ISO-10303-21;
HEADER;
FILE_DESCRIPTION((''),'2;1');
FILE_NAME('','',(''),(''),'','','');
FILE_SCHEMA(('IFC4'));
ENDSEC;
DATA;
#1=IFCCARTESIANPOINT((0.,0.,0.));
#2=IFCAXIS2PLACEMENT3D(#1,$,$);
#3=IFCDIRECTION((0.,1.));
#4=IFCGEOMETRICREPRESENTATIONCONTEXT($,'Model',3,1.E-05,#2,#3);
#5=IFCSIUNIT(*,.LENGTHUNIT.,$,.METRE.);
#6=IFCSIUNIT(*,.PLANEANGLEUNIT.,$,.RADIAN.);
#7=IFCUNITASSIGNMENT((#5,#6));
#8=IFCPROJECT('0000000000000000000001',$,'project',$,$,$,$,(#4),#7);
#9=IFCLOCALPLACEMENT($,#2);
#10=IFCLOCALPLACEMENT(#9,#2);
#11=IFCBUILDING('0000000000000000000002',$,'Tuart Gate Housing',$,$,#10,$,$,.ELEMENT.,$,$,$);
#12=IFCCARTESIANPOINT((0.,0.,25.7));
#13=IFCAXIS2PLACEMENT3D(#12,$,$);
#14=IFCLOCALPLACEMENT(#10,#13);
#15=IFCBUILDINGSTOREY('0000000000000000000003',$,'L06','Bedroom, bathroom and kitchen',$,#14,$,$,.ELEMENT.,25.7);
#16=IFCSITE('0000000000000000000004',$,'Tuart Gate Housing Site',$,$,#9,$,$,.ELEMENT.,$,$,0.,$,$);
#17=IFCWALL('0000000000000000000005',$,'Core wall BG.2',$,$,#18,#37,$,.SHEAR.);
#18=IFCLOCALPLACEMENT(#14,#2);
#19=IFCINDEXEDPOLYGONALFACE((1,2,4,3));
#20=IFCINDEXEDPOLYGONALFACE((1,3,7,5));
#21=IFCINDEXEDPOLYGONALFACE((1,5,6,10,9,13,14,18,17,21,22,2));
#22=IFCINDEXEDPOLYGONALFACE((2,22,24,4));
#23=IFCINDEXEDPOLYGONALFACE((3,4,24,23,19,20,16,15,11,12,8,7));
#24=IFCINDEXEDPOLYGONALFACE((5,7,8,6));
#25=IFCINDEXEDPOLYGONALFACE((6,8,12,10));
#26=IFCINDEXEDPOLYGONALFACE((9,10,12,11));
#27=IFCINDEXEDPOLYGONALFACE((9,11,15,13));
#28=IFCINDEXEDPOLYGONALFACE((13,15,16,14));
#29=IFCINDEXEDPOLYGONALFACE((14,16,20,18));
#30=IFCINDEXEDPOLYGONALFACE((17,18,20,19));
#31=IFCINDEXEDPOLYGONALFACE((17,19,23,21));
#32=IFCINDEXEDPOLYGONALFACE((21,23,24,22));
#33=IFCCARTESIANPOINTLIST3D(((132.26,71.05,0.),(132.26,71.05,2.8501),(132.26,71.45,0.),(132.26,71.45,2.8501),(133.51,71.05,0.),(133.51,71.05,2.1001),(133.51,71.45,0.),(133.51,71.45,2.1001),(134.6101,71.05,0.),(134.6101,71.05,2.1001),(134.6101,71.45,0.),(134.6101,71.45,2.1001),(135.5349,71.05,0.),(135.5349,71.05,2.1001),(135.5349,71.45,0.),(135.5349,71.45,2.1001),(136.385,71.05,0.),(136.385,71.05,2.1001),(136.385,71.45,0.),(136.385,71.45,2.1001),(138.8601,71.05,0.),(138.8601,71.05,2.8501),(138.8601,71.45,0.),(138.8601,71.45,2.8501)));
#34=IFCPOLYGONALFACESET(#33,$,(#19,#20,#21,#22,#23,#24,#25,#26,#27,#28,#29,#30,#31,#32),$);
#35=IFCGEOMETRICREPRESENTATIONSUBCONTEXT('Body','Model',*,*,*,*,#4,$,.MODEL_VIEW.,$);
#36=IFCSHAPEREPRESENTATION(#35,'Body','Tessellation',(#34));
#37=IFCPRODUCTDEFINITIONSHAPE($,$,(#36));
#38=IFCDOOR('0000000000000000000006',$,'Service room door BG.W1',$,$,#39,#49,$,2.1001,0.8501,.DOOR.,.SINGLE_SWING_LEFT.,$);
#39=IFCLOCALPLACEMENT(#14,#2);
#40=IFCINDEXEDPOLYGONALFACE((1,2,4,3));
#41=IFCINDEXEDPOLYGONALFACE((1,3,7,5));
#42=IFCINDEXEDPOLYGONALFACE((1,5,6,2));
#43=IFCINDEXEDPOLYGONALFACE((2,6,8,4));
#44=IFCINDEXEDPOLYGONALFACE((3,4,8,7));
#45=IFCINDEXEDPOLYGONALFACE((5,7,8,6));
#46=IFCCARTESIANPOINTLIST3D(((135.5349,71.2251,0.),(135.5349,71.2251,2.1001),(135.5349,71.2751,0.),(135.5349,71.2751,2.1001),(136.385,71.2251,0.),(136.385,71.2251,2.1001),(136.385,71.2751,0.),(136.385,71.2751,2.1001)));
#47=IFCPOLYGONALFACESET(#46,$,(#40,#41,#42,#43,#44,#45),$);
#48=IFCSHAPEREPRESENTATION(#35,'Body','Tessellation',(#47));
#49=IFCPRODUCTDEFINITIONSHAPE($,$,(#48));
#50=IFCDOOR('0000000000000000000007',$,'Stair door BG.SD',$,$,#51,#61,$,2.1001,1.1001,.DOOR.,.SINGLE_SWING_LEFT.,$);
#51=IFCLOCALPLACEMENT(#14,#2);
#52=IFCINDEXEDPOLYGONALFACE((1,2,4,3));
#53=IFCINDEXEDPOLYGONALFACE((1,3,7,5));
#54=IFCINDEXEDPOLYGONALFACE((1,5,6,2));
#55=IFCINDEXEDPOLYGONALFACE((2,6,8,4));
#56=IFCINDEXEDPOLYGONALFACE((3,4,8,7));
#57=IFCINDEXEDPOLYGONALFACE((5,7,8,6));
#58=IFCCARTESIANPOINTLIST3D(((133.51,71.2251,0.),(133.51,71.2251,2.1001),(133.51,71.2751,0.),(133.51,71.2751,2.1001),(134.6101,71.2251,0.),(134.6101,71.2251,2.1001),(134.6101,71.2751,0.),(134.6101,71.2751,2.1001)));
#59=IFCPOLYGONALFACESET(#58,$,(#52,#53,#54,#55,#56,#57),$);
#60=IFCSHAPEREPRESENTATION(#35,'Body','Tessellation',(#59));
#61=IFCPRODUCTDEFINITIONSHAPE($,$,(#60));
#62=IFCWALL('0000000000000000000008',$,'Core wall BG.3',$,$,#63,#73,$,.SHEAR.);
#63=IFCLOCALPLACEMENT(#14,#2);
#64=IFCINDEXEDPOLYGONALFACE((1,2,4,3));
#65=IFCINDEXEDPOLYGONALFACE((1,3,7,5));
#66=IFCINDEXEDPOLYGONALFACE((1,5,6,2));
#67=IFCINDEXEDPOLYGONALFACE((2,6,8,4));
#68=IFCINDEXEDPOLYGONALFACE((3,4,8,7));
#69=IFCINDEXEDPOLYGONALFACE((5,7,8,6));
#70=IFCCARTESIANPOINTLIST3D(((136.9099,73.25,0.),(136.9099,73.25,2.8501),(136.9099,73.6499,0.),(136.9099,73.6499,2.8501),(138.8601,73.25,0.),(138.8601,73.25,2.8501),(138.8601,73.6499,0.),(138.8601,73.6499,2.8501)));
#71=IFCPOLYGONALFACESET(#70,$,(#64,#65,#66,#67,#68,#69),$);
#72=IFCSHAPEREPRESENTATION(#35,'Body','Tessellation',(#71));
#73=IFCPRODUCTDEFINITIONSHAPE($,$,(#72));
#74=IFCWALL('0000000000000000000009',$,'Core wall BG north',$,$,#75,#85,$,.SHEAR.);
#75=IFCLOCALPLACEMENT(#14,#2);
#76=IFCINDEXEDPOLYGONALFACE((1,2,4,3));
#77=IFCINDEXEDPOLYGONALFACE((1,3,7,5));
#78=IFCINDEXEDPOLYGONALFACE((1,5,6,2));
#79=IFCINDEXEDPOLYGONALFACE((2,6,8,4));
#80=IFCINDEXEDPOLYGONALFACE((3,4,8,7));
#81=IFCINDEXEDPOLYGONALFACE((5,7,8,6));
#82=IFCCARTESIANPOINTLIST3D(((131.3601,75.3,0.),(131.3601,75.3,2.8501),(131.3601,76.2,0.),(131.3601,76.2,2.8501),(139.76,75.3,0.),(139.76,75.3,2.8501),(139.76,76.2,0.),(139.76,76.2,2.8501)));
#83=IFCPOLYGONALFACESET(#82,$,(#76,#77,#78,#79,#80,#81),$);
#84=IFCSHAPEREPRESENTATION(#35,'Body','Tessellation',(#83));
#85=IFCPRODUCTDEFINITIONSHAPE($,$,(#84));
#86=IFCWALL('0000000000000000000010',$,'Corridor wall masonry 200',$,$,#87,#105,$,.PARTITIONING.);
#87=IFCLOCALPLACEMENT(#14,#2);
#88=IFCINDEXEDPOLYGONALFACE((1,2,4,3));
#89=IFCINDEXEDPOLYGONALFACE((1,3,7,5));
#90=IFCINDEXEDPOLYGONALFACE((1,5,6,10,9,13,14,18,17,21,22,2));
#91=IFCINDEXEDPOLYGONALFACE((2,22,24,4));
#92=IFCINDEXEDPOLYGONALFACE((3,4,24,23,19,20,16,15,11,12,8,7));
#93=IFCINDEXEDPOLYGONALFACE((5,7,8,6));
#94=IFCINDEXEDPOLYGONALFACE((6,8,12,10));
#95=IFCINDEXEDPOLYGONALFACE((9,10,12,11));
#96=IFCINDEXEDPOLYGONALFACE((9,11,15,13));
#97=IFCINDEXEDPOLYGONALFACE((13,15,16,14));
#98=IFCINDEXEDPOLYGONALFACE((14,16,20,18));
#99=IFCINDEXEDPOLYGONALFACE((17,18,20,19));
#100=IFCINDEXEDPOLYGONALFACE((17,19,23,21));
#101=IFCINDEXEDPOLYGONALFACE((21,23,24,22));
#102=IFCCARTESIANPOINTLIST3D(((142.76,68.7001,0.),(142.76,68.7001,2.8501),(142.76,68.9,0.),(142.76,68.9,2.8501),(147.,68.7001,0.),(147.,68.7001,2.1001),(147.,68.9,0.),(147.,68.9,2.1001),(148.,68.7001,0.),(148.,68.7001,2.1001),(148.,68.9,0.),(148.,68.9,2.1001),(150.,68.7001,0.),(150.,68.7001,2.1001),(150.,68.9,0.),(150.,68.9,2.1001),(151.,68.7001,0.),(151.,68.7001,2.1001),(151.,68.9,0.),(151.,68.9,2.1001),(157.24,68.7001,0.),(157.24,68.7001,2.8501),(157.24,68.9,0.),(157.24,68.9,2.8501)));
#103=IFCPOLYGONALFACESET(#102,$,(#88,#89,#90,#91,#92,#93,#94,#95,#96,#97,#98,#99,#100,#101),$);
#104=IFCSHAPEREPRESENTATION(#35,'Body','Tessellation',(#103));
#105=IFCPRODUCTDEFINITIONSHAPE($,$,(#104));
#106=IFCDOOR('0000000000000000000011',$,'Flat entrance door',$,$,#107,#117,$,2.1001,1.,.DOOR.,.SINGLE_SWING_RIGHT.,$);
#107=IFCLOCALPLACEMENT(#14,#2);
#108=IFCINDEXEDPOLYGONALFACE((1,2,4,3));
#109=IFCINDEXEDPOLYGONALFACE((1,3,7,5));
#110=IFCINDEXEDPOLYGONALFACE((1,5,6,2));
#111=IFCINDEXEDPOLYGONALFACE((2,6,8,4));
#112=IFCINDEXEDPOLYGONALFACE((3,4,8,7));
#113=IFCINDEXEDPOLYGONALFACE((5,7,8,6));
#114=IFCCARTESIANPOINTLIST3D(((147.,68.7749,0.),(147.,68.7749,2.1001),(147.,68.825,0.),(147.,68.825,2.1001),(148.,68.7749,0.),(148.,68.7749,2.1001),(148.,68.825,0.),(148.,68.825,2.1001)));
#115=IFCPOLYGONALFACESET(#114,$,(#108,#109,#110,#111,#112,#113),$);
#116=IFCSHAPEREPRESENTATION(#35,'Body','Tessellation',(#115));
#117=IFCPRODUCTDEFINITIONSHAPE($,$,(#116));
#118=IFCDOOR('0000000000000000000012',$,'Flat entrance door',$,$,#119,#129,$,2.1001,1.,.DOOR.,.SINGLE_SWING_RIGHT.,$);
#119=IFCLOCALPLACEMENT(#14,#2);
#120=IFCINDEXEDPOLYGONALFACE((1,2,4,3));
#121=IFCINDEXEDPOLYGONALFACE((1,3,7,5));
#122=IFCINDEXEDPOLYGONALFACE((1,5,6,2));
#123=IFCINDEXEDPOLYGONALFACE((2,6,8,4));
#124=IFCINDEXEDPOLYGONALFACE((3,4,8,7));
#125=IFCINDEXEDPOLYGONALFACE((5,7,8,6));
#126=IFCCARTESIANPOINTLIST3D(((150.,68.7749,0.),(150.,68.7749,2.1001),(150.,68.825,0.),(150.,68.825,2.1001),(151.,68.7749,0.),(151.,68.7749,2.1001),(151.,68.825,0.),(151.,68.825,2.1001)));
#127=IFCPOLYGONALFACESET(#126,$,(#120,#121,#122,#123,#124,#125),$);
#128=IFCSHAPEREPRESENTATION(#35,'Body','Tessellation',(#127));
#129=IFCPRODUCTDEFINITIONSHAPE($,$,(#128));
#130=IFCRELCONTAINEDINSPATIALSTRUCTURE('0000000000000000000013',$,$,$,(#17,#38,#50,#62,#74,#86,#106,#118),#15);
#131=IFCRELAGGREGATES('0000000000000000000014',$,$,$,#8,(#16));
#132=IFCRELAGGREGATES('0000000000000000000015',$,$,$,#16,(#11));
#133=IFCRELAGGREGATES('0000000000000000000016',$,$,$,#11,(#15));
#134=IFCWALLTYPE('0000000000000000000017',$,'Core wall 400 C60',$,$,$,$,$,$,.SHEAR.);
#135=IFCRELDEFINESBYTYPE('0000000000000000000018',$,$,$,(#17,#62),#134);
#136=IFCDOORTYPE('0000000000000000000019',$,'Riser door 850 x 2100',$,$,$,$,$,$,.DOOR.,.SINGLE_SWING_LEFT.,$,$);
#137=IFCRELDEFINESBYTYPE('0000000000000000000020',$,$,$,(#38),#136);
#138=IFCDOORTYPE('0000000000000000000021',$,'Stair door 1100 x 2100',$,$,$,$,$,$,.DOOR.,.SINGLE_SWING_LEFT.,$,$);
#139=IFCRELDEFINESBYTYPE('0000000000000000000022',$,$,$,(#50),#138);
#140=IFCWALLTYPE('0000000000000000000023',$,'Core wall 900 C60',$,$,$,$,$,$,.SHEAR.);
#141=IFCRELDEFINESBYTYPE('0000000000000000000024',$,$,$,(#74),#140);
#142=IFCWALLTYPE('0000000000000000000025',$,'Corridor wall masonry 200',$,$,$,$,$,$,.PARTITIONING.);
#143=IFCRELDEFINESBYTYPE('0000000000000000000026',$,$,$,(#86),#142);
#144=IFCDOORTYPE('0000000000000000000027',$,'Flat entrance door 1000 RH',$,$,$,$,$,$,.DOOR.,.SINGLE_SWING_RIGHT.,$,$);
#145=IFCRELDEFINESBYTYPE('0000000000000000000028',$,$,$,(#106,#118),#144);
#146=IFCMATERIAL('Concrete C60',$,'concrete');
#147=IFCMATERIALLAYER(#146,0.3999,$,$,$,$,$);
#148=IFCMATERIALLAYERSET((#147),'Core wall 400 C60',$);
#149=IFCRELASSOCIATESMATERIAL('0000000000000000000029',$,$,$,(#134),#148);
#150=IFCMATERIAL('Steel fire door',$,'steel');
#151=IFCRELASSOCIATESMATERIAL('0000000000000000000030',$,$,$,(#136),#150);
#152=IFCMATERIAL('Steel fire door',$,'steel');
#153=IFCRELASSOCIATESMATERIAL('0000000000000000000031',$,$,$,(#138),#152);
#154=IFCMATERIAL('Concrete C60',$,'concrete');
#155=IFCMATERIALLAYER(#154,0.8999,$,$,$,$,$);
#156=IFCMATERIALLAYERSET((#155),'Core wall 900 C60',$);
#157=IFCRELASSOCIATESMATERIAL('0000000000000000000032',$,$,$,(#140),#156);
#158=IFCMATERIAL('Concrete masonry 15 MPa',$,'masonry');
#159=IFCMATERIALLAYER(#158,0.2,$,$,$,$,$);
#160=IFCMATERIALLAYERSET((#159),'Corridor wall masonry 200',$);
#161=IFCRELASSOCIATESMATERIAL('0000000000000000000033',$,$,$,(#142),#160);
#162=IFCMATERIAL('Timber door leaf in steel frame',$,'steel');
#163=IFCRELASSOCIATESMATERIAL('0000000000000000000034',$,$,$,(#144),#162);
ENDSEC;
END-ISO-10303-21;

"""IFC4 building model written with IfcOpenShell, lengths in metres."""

from ifc_helpers import new_model, si_unit, direction, frame, frame_2d, origin, place, context, subcontext, project, spatial, rectangle, extrude, material, layer, layer_set, type_object, element, fill, save


model = new_model("IFC4")

# Units and contexts
model_context = context("Model", 3, precision=1e-05, world=origin(), true_north=direction((0.0, 1.0)))
body_context = subcontext(model_context, "Body", "Model", "MODEL_VIEW")
ifc_project = project(units=[si_unit("LENGTHUNIT", "METRE"), si_unit("PLANEANGLEUNIT", "RADIAN")], contexts=[model_context])

# Site, building, storey
site_placement = place(None, origin())
site = spatial("IfcSite", under=ifc_project, at=site_placement, Name="Tuart Gate Housing Site", CompositionType="ELEMENT", RefElevation=0.0)
building_placement = place(site_placement, origin())
building = spatial("IfcBuilding", under=site, at=building_placement, Name="Tuart Gate Housing", CompositionType="ELEMENT")
storey_placement = place(building_placement, frame((0.0, 0.0, 25.7)))
storey = spatial("IfcBuildingStorey", under=building, at=storey_placement, Name="L06", Description="Bedroom, bathroom and kitchen", CompositionType="ELEMENT", Elevation=25.7)

# Wall, openings, doors
ifc_material_1 = material(Name="Concrete C60", Category="concrete")
ifc_layer_1 = layer(ifc_material_1, 0.3999)
ifc_layer_set_1 = layer_set([ifc_layer_1], Name="Core wall 400 C60")
wall_type_1 = type_object("IfcWallType", Name="Core wall 400 C60", PredefinedType="SHEAR", material=ifc_layer_set_1)
wall_1_placement = place(storey_placement, frame((138.8601, 71.25, 0.0), z_axis=(0.0, 0.0, 1.0), x_axis=(-1.0, 0.0, 0.0)))
wall_1 = element("IfcWall", 1, at=wall_1_placement, inside=storey, type_object=wall_type_1, Name="Core wall BG.2", PredefinedType="SHEAR", context=body_context, shape_type="SweptSolid", body=[
    extrude(rectangle(XDim=6.6001, YDim=0.3999, at=frame_2d((3.3, 0.0))), origin(), (0.0, 0.0, 1.0), 2.8501),
])
opening_1_placement = place(wall_1_placement, frame((4.25, 0.0, 0.0)))
opening_1 = element("IfcOpeningElement", 2, at=opening_1_placement, cuts=wall_1, PredefinedType="OPENING", context=body_context, shape_type="SweptSolid", body=[
    extrude(rectangle(XDim=1.1001, YDim=2.1001, at=frame_2d((0.55, 1.05))), frame((0.0, 0.21, 0.0), z_axis=(0.0, -1.0, 0.0), x_axis=(1.0, 0.0, 0.0)), (0.0, 0.0, 1.0), 0.4199),
])
opening_2_placement = place(wall_1_placement, frame((2.4751, 0.0, 0.0)))
opening_2 = element("IfcOpeningElement", 3, at=opening_2_placement, cuts=wall_1, PredefinedType="OPENING", context=body_context, shape_type="SweptSolid", body=[
    extrude(rectangle(XDim=0.8501, YDim=2.1001, at=frame_2d((0.425, 1.05))), frame((0.0, 0.21, 0.0), z_axis=(0.0, -1.0, 0.0), x_axis=(1.0, 0.0, 0.0)), (0.0, 0.0, 1.0), 0.4199),
])
ifc_material_2 = material(Name="Steel fire door", Category="steel")
door_type_1 = type_object("IfcDoorType", Name="Riser door 850 x 2100", OperationType="SINGLE_SWING_LEFT", PredefinedType="DOOR", material=ifc_material_2)
door_1_placement = place(opening_2_placement, origin())
door_1 = element("IfcDoor", 4, at=door_1_placement, inside=storey, type_object=door_type_1, Name="Service room door BG.W1", OperationType="SINGLE_SWING_LEFT", OverallHeight=2.1001, OverallWidth=0.8501, PredefinedType="DOOR", context=body_context, shape_type="SweptSolid", body=[
    extrude(rectangle(XDim=0.8501, YDim=2.1001, at=frame_2d((0.425, 1.05))), frame((0.0, 0.0249, 0.0), z_axis=(0.0, -1.0, 0.0), x_axis=(1.0, 0.0, 0.0)), (0.0, 0.0, 1.0), 0.05),
])
fill(opening_2, door_1)
ifc_material_3 = material(Name="Steel fire door", Category="steel")
door_type_2 = type_object("IfcDoorType", Name="Stair door 1100 x 2100", OperationType="SINGLE_SWING_LEFT", PredefinedType="DOOR", material=ifc_material_3)
door_2_placement = place(opening_1_placement, origin())
door_2 = element("IfcDoor", 5, at=door_2_placement, inside=storey, type_object=door_type_2, Name="Stair door BG.SD", OperationType="SINGLE_SWING_LEFT", OverallHeight=2.1001, OverallWidth=1.1001, PredefinedType="DOOR", context=body_context, shape_type="SweptSolid", body=[
    extrude(rectangle(XDim=1.1001, YDim=2.1001, at=frame_2d((0.55, 1.05))), frame((0.0, 0.0249, 0.0), z_axis=(0.0, -1.0, 0.0), x_axis=(1.0, 0.0, 0.0)), (0.0, 0.0, 1.0), 0.05),
])
fill(opening_1, door_2)

# Walls
wall_2_placement = place(storey_placement, frame((138.8601, 73.45, 0.0), z_axis=(0.0, 0.0, 1.0), x_axis=(-1.0, 0.0, 0.0)))
element("IfcWall", 6, at=wall_2_placement, inside=storey, type_object=wall_type_1, Name="Core wall BG.3", PredefinedType="SHEAR", context=body_context, shape_type="SweptSolid", body=[
    extrude(rectangle(XDim=1.9502, YDim=0.3999, at=frame_2d((0.9751, 0.0))), origin(), (0.0, 0.0, 1.0), 2.8501),
])
ifc_material_4 = material(Name="Concrete C60", Category="concrete")
ifc_layer_2 = layer(ifc_material_4, 0.8999)
ifc_layer_set_2 = layer_set([ifc_layer_2], Name="Core wall 900 C60")
wall_type_2 = type_object("IfcWallType", Name="Core wall 900 C60", PredefinedType="SHEAR", material=ifc_layer_set_2)
wall_3_placement = place(storey_placement, frame((139.76, 75.75, 0.0), z_axis=(0.0, 0.0, 1.0), x_axis=(-1.0, 0.0, 0.0)))
element("IfcWall", 7, at=wall_3_placement, inside=storey, type_object=wall_type_2, Name="Core wall BG north", PredefinedType="SHEAR", context=body_context, shape_type="SweptSolid", body=[
    extrude(rectangle(XDim=8.3999, YDim=0.8999, at=frame_2d((4.2, 0.0))), origin(), (0.0, 0.0, 1.0), 2.8501),
])

# Wall, openings, doors
ifc_material_5 = material(Name="Concrete masonry 15 MPa", Category="masonry")
ifc_layer_3 = layer(ifc_material_5, 0.2)
ifc_layer_set_3 = layer_set([ifc_layer_3], Name="Corridor wall masonry 200")
wall_type_3 = type_object("IfcWallType", Name="Corridor wall masonry 200", PredefinedType="PARTITIONING", material=ifc_layer_set_3)
wall_4_placement = place(storey_placement, frame((142.76, 68.8, 0.0), z_axis=(0.0, 0.0, 1.0), x_axis=(1.0, 0.0, 0.0)))
wall_4 = element("IfcWall", 8, at=wall_4_placement, inside=storey, type_object=wall_type_3, Name="Corridor wall masonry 200", PredefinedType="PARTITIONING", context=body_context, shape_type="SweptSolid", body=[
    extrude(rectangle(XDim=14.48, YDim=0.2, at=frame_2d((7.24, 0.0))), origin(), (0.0, 0.0, 1.0), 2.8501),
])
opening_3_placement = place(wall_4_placement, frame((4.24, 0.0, 0.0)))
opening_3 = element("IfcOpeningElement", 9, at=opening_3_placement, cuts=wall_4, PredefinedType="OPENING", context=body_context, shape_type="SweptSolid", body=[
    extrude(rectangle(XDim=1.0, YDim=2.1001, at=frame_2d((0.5, 1.05))), frame((0.0, 0.1099, 0.0), z_axis=(0.0, -1.0, 0.0), x_axis=(1.0, 0.0, 0.0)), (0.0, 0.0, 1.0), 0.22),
])
opening_4_placement = place(wall_4_placement, frame((7.24, 0.0, 0.0)))
opening_4 = element("IfcOpeningElement", 10, at=opening_4_placement, cuts=wall_4, PredefinedType="OPENING", context=body_context, shape_type="SweptSolid", body=[
    extrude(rectangle(XDim=1.0, YDim=2.1001, at=frame_2d((0.5, 1.05))), frame((0.0, 0.1099, 0.0), z_axis=(0.0, -1.0, 0.0), x_axis=(1.0, 0.0, 0.0)), (0.0, 0.0, 1.0), 0.22),
])
ifc_material_6 = material(Name="Timber door leaf in steel frame", Category="steel")
door_type_3 = type_object("IfcDoorType", Name="Flat entrance door 1000 RH", OperationType="SINGLE_SWING_RIGHT", PredefinedType="DOOR", material=ifc_material_6)
door_3_placement = place(opening_3_placement, frame((1.0, 0.0, 0.0), z_axis=(0.0, 0.0, 1.0), x_axis=(-1.0, 0.0, 0.0)))
door_3 = element("IfcDoor", 11, at=door_3_placement, inside=storey, type_object=door_type_3, Name="Flat entrance door", OperationType="SINGLE_SWING_RIGHT", OverallHeight=2.1001, OverallWidth=1.0, PredefinedType="DOOR", context=body_context, shape_type="SweptSolid", body=[
    extrude(rectangle(XDim=1.0, YDim=2.1001, at=frame_2d((0.5, 1.05))), frame((0.0, 0.0251, 0.0), z_axis=(0.0, -1.0, 0.0), x_axis=(1.0, 0.0, 0.0)), (0.0, 0.0, 1.0), 0.05),
])
fill(opening_3, door_3)
door_4_placement = place(opening_4_placement, frame((1.0, 0.0, 0.0), z_axis=(0.0, 0.0, 1.0), x_axis=(-1.0, 0.0, 0.0)))
door_4 = element("IfcDoor", 12, at=door_4_placement, inside=storey, type_object=door_type_3, Name="Flat entrance door", OperationType="SINGLE_SWING_RIGHT", OverallHeight=2.1001, OverallWidth=1.0, PredefinedType="DOOR", context=body_context, shape_type="SweptSolid", body=[
    extrude(rectangle(XDim=1.0, YDim=2.1001, at=frame_2d((0.5, 1.05))), frame((0.0, 0.0251, 0.0), z_axis=(0.0, -1.0, 0.0), x_axis=(1.0, 0.0, 0.0)), (0.0, 0.0, 1.0), 0.05),
])
fill(opening_4, door_4)

save(model, "model.ifc")
